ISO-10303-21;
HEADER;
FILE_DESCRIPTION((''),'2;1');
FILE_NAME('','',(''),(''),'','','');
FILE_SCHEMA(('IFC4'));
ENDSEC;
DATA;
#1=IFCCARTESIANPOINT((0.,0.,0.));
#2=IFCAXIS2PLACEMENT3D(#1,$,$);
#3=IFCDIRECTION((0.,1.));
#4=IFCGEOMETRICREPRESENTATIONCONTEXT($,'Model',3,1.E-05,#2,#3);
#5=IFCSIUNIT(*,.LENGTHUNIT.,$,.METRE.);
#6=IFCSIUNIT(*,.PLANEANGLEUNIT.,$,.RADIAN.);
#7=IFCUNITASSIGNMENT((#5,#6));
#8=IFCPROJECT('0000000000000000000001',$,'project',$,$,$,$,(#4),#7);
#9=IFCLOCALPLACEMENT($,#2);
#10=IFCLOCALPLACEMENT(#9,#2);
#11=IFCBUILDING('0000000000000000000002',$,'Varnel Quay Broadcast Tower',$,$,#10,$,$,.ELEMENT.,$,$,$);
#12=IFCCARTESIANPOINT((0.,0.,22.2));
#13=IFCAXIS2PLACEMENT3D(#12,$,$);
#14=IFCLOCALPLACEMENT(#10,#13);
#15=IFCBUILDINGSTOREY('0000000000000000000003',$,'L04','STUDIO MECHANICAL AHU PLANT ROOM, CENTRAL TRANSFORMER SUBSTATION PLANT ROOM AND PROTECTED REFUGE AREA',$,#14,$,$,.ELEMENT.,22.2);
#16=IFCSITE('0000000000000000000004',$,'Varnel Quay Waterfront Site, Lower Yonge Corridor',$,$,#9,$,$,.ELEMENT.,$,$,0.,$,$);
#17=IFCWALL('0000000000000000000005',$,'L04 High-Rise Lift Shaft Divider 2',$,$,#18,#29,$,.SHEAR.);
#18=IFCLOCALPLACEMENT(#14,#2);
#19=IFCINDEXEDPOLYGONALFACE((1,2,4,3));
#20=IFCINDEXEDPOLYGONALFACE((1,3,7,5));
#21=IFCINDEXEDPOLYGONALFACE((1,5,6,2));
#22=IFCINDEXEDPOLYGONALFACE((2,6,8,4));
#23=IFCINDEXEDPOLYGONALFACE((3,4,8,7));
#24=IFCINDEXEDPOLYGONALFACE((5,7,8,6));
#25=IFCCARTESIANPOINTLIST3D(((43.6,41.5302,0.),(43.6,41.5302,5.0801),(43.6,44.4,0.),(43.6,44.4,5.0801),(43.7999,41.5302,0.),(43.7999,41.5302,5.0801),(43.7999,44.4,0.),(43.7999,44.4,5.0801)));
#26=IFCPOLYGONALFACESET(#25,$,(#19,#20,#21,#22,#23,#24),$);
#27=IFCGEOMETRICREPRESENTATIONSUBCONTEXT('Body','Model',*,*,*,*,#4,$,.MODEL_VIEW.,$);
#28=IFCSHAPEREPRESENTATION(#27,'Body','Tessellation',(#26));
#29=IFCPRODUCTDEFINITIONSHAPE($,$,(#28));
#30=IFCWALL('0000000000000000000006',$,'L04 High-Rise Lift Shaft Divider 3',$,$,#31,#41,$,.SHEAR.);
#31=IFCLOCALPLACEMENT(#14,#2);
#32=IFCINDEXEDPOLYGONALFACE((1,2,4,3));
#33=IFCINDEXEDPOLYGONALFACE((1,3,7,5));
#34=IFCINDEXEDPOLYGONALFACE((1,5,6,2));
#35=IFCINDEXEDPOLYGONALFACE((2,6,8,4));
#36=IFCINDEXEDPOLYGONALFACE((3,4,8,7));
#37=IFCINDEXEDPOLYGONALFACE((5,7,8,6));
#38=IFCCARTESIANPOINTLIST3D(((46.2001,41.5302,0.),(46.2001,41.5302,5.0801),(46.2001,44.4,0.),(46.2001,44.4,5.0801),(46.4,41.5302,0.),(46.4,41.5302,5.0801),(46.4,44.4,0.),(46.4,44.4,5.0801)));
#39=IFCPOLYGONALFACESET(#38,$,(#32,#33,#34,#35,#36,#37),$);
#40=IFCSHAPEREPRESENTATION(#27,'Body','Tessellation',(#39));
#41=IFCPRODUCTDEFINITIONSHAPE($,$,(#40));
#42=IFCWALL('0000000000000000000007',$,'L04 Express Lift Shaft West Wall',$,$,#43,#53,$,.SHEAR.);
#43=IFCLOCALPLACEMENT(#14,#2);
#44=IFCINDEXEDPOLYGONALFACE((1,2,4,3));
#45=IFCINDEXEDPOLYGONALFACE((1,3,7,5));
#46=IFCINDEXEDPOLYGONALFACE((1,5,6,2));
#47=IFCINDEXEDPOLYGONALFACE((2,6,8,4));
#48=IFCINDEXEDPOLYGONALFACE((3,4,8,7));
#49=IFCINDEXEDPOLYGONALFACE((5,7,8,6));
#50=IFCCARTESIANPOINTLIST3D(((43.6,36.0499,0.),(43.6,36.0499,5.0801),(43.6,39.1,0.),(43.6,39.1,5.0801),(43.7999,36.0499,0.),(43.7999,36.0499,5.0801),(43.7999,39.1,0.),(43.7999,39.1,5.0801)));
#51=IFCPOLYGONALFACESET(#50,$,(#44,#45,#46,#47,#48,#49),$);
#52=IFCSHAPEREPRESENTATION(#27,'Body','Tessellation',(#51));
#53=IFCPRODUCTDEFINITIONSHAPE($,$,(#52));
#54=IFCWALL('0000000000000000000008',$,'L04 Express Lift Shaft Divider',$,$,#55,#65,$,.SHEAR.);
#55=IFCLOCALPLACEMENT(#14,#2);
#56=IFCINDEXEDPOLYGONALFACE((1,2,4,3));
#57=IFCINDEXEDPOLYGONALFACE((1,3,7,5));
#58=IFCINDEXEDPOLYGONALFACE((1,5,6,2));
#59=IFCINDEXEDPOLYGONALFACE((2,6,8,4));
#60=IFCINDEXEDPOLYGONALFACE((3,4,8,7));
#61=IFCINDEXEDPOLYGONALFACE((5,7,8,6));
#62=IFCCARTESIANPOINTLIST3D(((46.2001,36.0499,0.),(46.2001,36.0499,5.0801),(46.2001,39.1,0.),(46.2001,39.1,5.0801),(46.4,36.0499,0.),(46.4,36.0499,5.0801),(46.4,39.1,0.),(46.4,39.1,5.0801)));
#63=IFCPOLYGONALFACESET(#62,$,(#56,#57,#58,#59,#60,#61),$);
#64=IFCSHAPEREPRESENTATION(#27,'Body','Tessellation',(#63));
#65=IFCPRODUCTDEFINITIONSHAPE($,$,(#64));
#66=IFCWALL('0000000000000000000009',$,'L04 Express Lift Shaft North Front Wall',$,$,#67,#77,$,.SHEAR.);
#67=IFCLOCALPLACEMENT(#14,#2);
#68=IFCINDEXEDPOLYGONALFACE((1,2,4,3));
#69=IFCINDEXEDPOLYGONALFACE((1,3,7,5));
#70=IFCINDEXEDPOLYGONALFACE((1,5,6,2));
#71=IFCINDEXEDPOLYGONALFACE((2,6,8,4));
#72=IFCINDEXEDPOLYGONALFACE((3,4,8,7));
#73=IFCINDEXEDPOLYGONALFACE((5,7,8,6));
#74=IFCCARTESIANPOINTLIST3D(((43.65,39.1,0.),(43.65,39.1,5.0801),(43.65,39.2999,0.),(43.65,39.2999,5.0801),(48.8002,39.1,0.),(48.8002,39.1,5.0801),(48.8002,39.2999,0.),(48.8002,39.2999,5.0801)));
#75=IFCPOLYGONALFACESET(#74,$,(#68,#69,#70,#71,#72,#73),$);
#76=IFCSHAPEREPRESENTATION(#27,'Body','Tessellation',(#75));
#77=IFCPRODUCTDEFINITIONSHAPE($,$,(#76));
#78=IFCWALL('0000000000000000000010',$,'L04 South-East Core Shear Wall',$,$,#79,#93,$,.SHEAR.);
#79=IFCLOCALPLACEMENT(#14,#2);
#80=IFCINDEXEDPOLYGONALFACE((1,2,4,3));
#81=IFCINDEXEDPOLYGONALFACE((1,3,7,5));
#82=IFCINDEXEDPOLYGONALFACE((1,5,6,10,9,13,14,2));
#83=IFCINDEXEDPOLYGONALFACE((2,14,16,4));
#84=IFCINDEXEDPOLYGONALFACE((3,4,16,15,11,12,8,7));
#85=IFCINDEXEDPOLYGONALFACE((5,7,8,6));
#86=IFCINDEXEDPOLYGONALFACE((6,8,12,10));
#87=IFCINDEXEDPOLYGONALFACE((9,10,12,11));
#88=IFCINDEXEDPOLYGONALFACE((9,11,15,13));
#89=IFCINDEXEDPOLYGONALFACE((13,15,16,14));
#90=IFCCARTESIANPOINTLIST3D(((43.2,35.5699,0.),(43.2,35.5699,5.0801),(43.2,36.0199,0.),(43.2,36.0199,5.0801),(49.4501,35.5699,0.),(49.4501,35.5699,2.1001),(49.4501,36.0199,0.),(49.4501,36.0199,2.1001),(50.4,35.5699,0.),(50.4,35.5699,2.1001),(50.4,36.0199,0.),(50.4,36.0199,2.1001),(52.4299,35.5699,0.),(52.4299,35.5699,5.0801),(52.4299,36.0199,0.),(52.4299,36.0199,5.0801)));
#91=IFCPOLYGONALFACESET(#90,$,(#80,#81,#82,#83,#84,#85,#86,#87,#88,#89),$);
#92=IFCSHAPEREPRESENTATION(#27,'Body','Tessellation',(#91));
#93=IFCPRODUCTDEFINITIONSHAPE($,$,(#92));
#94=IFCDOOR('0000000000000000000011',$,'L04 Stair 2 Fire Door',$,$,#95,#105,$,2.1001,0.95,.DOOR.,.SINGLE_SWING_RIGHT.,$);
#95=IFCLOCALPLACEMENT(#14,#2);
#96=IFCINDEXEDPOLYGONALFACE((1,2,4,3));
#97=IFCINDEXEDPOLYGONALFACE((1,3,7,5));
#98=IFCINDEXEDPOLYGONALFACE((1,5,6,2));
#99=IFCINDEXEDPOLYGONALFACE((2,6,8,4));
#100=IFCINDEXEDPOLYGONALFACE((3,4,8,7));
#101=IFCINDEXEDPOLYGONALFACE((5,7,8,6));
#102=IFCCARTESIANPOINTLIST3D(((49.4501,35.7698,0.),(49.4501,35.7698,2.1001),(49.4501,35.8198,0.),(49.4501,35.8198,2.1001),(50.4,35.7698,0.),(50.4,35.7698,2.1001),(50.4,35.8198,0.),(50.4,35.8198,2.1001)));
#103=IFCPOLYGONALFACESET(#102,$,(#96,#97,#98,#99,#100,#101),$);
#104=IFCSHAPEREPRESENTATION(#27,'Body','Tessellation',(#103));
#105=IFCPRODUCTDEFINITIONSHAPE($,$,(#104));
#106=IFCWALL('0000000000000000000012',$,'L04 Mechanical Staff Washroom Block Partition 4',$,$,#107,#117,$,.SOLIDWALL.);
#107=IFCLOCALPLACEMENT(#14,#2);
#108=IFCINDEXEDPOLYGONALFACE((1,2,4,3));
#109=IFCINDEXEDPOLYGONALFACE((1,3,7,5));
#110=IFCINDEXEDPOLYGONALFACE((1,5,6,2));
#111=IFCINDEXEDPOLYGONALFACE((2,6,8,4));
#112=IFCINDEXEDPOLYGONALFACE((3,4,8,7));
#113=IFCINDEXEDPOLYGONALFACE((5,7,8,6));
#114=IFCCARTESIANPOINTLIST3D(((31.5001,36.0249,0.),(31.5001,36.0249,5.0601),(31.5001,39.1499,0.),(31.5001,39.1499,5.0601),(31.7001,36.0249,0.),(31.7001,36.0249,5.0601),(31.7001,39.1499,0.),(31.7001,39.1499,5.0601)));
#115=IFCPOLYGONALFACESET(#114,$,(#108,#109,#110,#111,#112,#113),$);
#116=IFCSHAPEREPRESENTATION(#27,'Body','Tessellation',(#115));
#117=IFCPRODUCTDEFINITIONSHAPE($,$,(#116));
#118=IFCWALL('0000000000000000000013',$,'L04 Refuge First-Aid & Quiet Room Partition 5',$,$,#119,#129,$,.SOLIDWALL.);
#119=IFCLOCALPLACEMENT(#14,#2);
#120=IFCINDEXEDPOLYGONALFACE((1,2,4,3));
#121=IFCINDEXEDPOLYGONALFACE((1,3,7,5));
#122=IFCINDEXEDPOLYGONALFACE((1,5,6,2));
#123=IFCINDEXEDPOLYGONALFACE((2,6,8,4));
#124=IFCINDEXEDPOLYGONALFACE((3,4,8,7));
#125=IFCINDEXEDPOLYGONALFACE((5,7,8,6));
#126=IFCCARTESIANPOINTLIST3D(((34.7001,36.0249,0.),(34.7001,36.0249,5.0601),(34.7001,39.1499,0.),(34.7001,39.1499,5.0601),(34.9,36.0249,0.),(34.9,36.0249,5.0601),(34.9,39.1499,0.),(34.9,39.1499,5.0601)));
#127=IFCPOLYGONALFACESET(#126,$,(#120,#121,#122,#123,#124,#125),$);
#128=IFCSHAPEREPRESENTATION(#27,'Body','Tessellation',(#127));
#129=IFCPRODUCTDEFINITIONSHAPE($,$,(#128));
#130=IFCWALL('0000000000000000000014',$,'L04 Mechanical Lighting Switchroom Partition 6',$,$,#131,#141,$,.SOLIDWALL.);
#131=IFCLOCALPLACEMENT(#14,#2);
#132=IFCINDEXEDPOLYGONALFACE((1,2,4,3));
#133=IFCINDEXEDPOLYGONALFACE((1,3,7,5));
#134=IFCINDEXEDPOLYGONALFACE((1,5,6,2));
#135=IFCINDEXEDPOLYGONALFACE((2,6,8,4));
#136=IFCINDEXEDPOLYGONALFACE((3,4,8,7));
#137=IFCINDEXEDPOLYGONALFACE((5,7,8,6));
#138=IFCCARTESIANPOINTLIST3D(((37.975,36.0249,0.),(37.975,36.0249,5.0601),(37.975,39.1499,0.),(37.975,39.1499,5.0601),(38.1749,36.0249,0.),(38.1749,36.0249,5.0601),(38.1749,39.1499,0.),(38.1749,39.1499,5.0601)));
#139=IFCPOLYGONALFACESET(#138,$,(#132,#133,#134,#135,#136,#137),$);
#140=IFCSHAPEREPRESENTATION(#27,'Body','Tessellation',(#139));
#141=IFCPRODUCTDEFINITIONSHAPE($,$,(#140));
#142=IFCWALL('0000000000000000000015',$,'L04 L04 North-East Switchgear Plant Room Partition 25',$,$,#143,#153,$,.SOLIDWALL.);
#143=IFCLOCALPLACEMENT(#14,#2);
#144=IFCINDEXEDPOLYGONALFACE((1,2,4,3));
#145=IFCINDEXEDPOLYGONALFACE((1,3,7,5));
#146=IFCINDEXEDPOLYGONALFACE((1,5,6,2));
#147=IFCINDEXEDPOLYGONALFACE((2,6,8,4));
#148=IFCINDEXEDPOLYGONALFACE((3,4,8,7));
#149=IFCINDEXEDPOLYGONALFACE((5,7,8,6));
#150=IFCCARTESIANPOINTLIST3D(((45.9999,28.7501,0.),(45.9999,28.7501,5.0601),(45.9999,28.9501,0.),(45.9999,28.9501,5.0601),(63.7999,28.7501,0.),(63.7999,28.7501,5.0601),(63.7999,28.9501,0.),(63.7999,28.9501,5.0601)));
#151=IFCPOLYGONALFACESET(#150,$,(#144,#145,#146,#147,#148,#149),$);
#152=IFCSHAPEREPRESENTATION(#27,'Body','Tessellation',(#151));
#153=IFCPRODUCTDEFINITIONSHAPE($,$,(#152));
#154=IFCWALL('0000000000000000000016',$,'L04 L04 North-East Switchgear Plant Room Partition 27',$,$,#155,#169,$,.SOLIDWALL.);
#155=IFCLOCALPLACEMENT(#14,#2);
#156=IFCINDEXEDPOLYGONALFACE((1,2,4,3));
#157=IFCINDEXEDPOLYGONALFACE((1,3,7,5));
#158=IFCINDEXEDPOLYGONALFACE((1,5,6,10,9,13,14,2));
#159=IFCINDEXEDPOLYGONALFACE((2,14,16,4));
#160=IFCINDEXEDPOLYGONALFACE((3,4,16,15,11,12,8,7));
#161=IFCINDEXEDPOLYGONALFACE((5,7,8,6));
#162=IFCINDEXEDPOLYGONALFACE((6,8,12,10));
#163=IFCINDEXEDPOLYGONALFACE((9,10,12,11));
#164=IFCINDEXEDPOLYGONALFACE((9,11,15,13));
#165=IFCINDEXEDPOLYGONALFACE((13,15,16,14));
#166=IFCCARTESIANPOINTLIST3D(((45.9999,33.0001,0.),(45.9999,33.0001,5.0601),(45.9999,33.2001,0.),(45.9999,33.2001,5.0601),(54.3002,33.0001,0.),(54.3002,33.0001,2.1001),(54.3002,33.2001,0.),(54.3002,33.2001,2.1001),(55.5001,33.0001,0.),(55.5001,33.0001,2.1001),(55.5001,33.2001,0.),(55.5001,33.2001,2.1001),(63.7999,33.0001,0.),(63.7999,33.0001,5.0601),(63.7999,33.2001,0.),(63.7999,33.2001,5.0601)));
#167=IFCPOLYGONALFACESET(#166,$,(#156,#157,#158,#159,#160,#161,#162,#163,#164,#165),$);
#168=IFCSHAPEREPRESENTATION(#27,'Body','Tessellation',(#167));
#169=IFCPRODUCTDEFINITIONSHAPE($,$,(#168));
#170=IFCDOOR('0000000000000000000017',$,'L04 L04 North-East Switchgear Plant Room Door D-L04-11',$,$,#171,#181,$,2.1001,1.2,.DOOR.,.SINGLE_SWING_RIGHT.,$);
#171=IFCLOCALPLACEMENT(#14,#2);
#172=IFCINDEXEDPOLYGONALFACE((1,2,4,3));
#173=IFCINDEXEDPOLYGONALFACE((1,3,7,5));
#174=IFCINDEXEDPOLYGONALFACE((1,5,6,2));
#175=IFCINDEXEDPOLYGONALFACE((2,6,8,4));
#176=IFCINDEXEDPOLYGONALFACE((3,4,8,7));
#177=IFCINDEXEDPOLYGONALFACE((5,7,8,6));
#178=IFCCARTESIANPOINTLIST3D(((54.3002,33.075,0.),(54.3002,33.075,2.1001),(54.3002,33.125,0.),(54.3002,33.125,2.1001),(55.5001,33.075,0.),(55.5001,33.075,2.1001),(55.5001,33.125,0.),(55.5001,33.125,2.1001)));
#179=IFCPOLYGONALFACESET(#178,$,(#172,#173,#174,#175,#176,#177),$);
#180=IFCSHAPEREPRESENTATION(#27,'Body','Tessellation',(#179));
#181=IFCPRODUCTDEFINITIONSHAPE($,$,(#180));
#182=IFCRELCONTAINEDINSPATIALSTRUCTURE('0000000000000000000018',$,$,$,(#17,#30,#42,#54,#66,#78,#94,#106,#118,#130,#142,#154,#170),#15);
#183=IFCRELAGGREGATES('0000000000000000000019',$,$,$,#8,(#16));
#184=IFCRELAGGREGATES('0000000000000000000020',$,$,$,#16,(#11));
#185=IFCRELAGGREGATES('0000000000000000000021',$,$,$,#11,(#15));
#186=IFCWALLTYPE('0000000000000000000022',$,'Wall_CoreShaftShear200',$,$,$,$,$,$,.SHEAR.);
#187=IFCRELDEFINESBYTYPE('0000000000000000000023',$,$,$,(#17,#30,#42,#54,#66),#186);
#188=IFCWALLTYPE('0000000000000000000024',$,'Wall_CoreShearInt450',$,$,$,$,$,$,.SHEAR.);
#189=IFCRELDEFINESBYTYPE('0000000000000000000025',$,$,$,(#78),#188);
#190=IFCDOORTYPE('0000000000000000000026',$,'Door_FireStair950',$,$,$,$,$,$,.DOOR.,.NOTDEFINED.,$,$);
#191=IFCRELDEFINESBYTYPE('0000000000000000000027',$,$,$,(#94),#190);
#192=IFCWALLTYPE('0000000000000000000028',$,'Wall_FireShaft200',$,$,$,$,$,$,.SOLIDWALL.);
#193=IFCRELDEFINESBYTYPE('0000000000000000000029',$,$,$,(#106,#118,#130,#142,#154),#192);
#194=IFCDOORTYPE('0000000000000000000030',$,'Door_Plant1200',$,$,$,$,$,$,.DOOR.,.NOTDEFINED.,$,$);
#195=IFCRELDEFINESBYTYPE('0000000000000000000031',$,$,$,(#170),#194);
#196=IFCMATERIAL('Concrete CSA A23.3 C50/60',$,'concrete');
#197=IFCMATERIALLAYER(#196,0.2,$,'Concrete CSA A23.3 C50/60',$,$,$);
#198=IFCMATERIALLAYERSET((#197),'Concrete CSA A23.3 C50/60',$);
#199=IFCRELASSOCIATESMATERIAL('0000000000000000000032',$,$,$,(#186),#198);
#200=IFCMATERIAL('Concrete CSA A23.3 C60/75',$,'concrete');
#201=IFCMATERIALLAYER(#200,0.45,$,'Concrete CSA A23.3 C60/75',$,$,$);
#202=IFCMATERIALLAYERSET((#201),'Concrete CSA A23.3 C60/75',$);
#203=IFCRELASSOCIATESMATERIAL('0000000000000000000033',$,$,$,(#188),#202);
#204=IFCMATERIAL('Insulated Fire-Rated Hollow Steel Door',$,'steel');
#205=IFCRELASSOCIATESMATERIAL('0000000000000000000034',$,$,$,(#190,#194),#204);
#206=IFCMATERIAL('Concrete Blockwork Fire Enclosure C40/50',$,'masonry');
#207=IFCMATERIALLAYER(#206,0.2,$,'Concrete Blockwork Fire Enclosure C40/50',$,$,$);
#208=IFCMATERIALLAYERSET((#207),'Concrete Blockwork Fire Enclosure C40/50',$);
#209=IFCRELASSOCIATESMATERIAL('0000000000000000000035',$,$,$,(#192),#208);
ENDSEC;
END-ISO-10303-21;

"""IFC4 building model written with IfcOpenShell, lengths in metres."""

from ifc_helpers import new_model, si_unit, direction, frame, frame_2d, origin, place, context, subcontext, project, spatial, rectangle, extrude, source, transform, mapped, material, layer, layer_set, type_object, type_shapes, element, fill, save


model = new_model("IFC4")

# Units and contexts
model_context = context("Model", 3, precision=1e-05, world=origin(), true_north=direction((0.0, 1.0)))
body_context = subcontext(model_context, "Body", "Model", "MODEL_VIEW")
ifc_project = project(units=[si_unit("LENGTHUNIT", "METRE"), si_unit("PLANEANGLEUNIT", "RADIAN")], contexts=[model_context])

# Site, building, storey
site_placement = place(None, origin())
site = spatial("IfcSite", under=ifc_project, at=site_placement, Name="Varnel Quay Waterfront Site, Lower Yonge Corridor", CompositionType="ELEMENT", RefElevation=0.0)
building_placement = place(site_placement, origin())
building = spatial("IfcBuilding", under=site, at=building_placement, Name="Varnel Quay Broadcast Tower", CompositionType="ELEMENT")
storey_placement = place(building_placement, frame((0.0, 0.0, 22.2)))
storey = spatial("IfcBuildingStorey", under=building, at=storey_placement, Name="L04", Description="STUDIO MECHANICAL AHU PLANT ROOM, CENTRAL TRANSFORMER SUBSTATION PLANT ROOM AND PROTECTED REFUGE AREA", CompositionType="ELEMENT", Elevation=22.2)

# Walls
ifc_material_1 = material(Name="Concrete CSA A23.3 C50/60", Category="concrete")
ifc_layer_1 = layer(ifc_material_1, 0.2, Name="Concrete CSA A23.3 C50/60")
ifc_layer_set_1 = layer_set([ifc_layer_1], Name="Concrete CSA A23.3 C50/60")
wall_type_1 = type_object("IfcWallType", Name="Wall_CoreShaftShear200", PredefinedType="SHEAR", material=ifc_layer_set_1)
for number, where, z_axis, x_axis, name in (
    (1, (43.7, 41.53, 0.0), (0.0, 0.0, 1.0), (0.0, 1.0, 0.0), "L04 High-Rise Lift Shaft Divider 2"),
    (2, (46.3, 41.53, 0.0), (0.0, 0.0, 1.0), (0.0, 1.0, 0.0), "L04 High-Rise Lift Shaft Divider 3"),
):
    element("IfcWall", number, at=place(storey_placement, frame(where, z_axis=z_axis, x_axis=x_axis)), inside=storey, type_object=wall_type_1, Name=name, PredefinedType="SHEAR", context=body_context, shape_type="SweptSolid", body=[
        extrude(rectangle(XDim=2.8699, YDim=0.2, at=frame_2d((1.4351, 0.0))), origin(), (0.0, 0.0, 1.0), 5.0801),
    ])
for number, where, z_axis, x_axis, name in (
    (3, (43.7, 36.05, 0.0), (0.0, 0.0, 1.0), (0.0, 1.0, 0.0), "L04 Express Lift Shaft West Wall"),
    (4, (46.3, 36.05, 0.0), (0.0, 0.0, 1.0), (0.0, 1.0, 0.0), "L04 Express Lift Shaft Divider"),
):
    element("IfcWall", number, at=place(storey_placement, frame(where, z_axis=z_axis, x_axis=x_axis)), inside=storey, type_object=wall_type_1, Name=name, PredefinedType="SHEAR", context=body_context, shape_type="SweptSolid", body=[
        extrude(rectangle(XDim=3.05, YDim=0.2, at=frame_2d((1.5249, 0.0))), origin(), (0.0, 0.0, 1.0), 5.0801),
    ])
wall_1_placement = place(storey_placement, frame((43.6499, 39.2, 0.0), z_axis=(0.0, 0.0, 1.0), x_axis=(1.0, 0.0, 0.0)))
element("IfcWall", 5, at=wall_1_placement, inside=storey, type_object=wall_type_1, Name="L04 Express Lift Shaft North Front Wall", PredefinedType="SHEAR", context=body_context, shape_type="SweptSolid", body=[
    extrude(rectangle(XDim=5.1501, YDim=0.2, at=frame_2d((2.5752, 0.0))), origin(), (0.0, 0.0, 1.0), 5.0801),
])

# Wall, opening, door
ifc_material_2 = material(Name="Concrete CSA A23.3 C60/75", Category="concrete")
ifc_layer_2 = layer(ifc_material_2, 0.45, Name="Concrete CSA A23.3 C60/75")
ifc_layer_set_2 = layer_set([ifc_layer_2], Name="Concrete CSA A23.3 C60/75")
wall_type_2 = type_object("IfcWallType", Name="Wall_CoreShearInt450", PredefinedType="SHEAR", material=ifc_layer_set_2)
wall_2_placement = place(storey_placement, frame((43.2, 35.7949, 0.0), z_axis=(0.0, 0.0, 1.0), x_axis=(1.0, 0.0, 0.0)))
wall_2 = element("IfcWall", 6, at=wall_2_placement, inside=storey, type_object=wall_type_2, Name="L04 South-East Core Shear Wall", PredefinedType="SHEAR", context=body_context, shape_type="SweptSolid", body=[
    extrude(rectangle(XDim=9.23, YDim=0.45, at=frame_2d((4.615, 0.0))), origin(), (0.0, 0.0, 1.0), 5.0801),
])
opening_1_placement = place(wall_2_placement, frame((6.25, 0.0, 0.0)))
opening_1 = element("IfcOpeningElement", 7, at=opening_1_placement, cuts=wall_2, PredefinedType="OPENING", context=body_context, shape_type="SweptSolid", body=[
    extrude(rectangle(XDim=0.95, YDim=2.1001, at=frame_2d((0.4751, 1.05))), frame((0.0, 0.2349, 0.0), z_axis=(0.0, -1.0, 0.0), x_axis=(1.0, 0.0, 0.0)), (0.0, 0.0, 1.0), 0.47),
])
ifc_material_3 = material(Name="Insulated Fire-Rated Hollow Steel Door", Category="steel")
door_type_1 = type_object("IfcDoorType", Name="Door_FireStair950", OperationType="NOTDEFINED", PredefinedType="DOOR", material=ifc_material_3)
shared_shape_1 = source(origin(), body_context, "Body", "SweptSolid", [
    extrude(rectangle(XDim=0.95, YDim=2.1001, at=frame_2d((0.4751, 1.05))), frame((0.0, 0.0249, 0.0), z_axis=(0.0, -1.0, 0.0), x_axis=(1.0, 0.0, 0.0)), (0.0, 0.0, 1.0), 0.05),
])
type_shapes(door_type_1, [shared_shape_1])
door_1_placement = place(opening_1_placement, origin())
door_1 = element("IfcDoor", 8, at=door_1_placement, inside=storey, type_object=door_type_1, Name="L04 Stair 2 Fire Door", OperationType="SINGLE_SWING_RIGHT", OverallHeight=2.1001, OverallWidth=0.95, PredefinedType="DOOR", context=body_context, shape_type="MappedRepresentation", body=[
    mapped(shared_shape_1, transform((0.0, 0.0, 0.0), x_axis=(1.0, 0.0, 0.0), y_axis=(0.0, 1.0, 0.0), z_axis=(0.0, 0.0, 1.0), scale=1.0)),
])
fill(opening_1, door_1)

# Walls
ifc_material_4 = material(Name="Concrete Blockwork Fire Enclosure C40/50", Category="masonry")
ifc_layer_3 = layer(ifc_material_4, 0.2, Name="Concrete Blockwork Fire Enclosure C40/50")
ifc_layer_set_3 = layer_set([ifc_layer_3], Name="Concrete Blockwork Fire Enclosure C40/50")
wall_type_3 = type_object("IfcWallType", Name="Wall_FireShaft200", PredefinedType="SOLIDWALL", material=ifc_layer_set_3)
for number, where, z_axis, x_axis, name in (
    (9, (31.6001, 36.0249, 0.0), (0.0, 0.0, 1.0), (0.0, 1.0, 0.0), "L04 Mechanical Staff Washroom Block Partition 4"),
    (10, (34.8, 36.0249, 0.0), (0.0, 0.0, 1.0), (0.0, 1.0, 0.0), "L04 Refuge First-Aid & Quiet Room Partition 5"),
    (11, (38.075, 36.0249, 0.0), (0.0, 0.0, 1.0), (0.0, 1.0, 0.0), "L04 Mechanical Lighting Switchroom Partition 6"),
):
    element("IfcWall", number, at=place(storey_placement, frame(where, z_axis=z_axis, x_axis=x_axis)), inside=storey, type_object=wall_type_3, Name=name, PredefinedType="SOLIDWALL", context=body_context, shape_type="SweptSolid", body=[
        extrude(rectangle(XDim=3.125, YDim=0.2, at=frame_2d((1.5625, 0.0))), origin(), (0.0, 0.0, 1.0), 5.0601),
    ])
wall_3_placement = place(storey_placement, frame((46.0, 28.8501, 0.0), z_axis=(0.0, 0.0, 1.0), x_axis=(1.0, 0.0, 0.0)))
element("IfcWall", 12, at=wall_3_placement, inside=storey, type_object=wall_type_3, Name="L04 L04 North-East Switchgear Plant Room Partition 25", PredefinedType="SOLIDWALL", context=body_context, shape_type="SweptSolid", body=[
    extrude(rectangle(XDim=17.8, YDim=0.2, at=frame_2d((8.8999, 0.0))), origin(), (0.0, 0.0, 1.0), 5.0601),
])

# Wall, opening, door
wall_4_placement = place(storey_placement, frame((46.0, 33.1001, 0.0), z_axis=(0.0, 0.0, 1.0), x_axis=(1.0, 0.0, 0.0)))
wall_4 = element("IfcWall", 13, at=wall_4_placement, inside=storey, type_object=wall_type_3, Name="L04 L04 North-East Switchgear Plant Room Partition 27", PredefinedType="SOLIDWALL", context=body_context, shape_type="SweptSolid", body=[
    extrude(rectangle(XDim=17.8, YDim=0.2, at=frame_2d((8.8999, 0.0))), origin(), (0.0, 0.0, 1.0), 5.0601),
])
opening_2_placement = place(wall_4_placement, frame((8.3, 0.0, 0.0)))
opening_2 = element("IfcOpeningElement", 14, at=opening_2_placement, cuts=wall_4, PredefinedType="OPENING", context=body_context, shape_type="SweptSolid", body=[
    extrude(rectangle(XDim=1.2, YDim=2.1001, at=frame_2d((0.6001, 1.05))), frame((0.0, 0.1099, 0.0), z_axis=(0.0, -1.0, 0.0), x_axis=(1.0, 0.0, 0.0)), (0.0, 0.0, 1.0), 0.22),
])
door_type_2 = type_object("IfcDoorType", Name="Door_Plant1200", OperationType="NOTDEFINED", PredefinedType="DOOR", material=ifc_material_3)
shared_shape_2 = source(origin(), body_context, "Body", "SweptSolid", [
    extrude(rectangle(XDim=1.2, YDim=2.1001, at=frame_2d((0.6001, 1.05))), frame((0.0, 0.0249, 0.0), z_axis=(0.0, -1.0, 0.0), x_axis=(1.0, 0.0, 0.0)), (0.0, 0.0, 1.0), 0.05),
])
type_shapes(door_type_2, [shared_shape_2])
door_2_placement = place(opening_2_placement, origin())
door_2 = element("IfcDoor", 15, at=door_2_placement, inside=storey, type_object=door_type_2, Name="L04 L04 North-East Switchgear Plant Room Door D-L04-11", OperationType="SINGLE_SWING_RIGHT", OverallHeight=2.1001, OverallWidth=1.2, PredefinedType="DOOR", context=body_context, shape_type="MappedRepresentation", body=[
    mapped(shared_shape_2, transform((0.0, 0.0, 0.0), x_axis=(1.0, 0.0, 0.0), y_axis=(0.0, 1.0, 0.0), z_axis=(0.0, 0.0, 1.0), scale=1.0)),
])
fill(opening_2, door_2)

save(model, "model.ifc")
